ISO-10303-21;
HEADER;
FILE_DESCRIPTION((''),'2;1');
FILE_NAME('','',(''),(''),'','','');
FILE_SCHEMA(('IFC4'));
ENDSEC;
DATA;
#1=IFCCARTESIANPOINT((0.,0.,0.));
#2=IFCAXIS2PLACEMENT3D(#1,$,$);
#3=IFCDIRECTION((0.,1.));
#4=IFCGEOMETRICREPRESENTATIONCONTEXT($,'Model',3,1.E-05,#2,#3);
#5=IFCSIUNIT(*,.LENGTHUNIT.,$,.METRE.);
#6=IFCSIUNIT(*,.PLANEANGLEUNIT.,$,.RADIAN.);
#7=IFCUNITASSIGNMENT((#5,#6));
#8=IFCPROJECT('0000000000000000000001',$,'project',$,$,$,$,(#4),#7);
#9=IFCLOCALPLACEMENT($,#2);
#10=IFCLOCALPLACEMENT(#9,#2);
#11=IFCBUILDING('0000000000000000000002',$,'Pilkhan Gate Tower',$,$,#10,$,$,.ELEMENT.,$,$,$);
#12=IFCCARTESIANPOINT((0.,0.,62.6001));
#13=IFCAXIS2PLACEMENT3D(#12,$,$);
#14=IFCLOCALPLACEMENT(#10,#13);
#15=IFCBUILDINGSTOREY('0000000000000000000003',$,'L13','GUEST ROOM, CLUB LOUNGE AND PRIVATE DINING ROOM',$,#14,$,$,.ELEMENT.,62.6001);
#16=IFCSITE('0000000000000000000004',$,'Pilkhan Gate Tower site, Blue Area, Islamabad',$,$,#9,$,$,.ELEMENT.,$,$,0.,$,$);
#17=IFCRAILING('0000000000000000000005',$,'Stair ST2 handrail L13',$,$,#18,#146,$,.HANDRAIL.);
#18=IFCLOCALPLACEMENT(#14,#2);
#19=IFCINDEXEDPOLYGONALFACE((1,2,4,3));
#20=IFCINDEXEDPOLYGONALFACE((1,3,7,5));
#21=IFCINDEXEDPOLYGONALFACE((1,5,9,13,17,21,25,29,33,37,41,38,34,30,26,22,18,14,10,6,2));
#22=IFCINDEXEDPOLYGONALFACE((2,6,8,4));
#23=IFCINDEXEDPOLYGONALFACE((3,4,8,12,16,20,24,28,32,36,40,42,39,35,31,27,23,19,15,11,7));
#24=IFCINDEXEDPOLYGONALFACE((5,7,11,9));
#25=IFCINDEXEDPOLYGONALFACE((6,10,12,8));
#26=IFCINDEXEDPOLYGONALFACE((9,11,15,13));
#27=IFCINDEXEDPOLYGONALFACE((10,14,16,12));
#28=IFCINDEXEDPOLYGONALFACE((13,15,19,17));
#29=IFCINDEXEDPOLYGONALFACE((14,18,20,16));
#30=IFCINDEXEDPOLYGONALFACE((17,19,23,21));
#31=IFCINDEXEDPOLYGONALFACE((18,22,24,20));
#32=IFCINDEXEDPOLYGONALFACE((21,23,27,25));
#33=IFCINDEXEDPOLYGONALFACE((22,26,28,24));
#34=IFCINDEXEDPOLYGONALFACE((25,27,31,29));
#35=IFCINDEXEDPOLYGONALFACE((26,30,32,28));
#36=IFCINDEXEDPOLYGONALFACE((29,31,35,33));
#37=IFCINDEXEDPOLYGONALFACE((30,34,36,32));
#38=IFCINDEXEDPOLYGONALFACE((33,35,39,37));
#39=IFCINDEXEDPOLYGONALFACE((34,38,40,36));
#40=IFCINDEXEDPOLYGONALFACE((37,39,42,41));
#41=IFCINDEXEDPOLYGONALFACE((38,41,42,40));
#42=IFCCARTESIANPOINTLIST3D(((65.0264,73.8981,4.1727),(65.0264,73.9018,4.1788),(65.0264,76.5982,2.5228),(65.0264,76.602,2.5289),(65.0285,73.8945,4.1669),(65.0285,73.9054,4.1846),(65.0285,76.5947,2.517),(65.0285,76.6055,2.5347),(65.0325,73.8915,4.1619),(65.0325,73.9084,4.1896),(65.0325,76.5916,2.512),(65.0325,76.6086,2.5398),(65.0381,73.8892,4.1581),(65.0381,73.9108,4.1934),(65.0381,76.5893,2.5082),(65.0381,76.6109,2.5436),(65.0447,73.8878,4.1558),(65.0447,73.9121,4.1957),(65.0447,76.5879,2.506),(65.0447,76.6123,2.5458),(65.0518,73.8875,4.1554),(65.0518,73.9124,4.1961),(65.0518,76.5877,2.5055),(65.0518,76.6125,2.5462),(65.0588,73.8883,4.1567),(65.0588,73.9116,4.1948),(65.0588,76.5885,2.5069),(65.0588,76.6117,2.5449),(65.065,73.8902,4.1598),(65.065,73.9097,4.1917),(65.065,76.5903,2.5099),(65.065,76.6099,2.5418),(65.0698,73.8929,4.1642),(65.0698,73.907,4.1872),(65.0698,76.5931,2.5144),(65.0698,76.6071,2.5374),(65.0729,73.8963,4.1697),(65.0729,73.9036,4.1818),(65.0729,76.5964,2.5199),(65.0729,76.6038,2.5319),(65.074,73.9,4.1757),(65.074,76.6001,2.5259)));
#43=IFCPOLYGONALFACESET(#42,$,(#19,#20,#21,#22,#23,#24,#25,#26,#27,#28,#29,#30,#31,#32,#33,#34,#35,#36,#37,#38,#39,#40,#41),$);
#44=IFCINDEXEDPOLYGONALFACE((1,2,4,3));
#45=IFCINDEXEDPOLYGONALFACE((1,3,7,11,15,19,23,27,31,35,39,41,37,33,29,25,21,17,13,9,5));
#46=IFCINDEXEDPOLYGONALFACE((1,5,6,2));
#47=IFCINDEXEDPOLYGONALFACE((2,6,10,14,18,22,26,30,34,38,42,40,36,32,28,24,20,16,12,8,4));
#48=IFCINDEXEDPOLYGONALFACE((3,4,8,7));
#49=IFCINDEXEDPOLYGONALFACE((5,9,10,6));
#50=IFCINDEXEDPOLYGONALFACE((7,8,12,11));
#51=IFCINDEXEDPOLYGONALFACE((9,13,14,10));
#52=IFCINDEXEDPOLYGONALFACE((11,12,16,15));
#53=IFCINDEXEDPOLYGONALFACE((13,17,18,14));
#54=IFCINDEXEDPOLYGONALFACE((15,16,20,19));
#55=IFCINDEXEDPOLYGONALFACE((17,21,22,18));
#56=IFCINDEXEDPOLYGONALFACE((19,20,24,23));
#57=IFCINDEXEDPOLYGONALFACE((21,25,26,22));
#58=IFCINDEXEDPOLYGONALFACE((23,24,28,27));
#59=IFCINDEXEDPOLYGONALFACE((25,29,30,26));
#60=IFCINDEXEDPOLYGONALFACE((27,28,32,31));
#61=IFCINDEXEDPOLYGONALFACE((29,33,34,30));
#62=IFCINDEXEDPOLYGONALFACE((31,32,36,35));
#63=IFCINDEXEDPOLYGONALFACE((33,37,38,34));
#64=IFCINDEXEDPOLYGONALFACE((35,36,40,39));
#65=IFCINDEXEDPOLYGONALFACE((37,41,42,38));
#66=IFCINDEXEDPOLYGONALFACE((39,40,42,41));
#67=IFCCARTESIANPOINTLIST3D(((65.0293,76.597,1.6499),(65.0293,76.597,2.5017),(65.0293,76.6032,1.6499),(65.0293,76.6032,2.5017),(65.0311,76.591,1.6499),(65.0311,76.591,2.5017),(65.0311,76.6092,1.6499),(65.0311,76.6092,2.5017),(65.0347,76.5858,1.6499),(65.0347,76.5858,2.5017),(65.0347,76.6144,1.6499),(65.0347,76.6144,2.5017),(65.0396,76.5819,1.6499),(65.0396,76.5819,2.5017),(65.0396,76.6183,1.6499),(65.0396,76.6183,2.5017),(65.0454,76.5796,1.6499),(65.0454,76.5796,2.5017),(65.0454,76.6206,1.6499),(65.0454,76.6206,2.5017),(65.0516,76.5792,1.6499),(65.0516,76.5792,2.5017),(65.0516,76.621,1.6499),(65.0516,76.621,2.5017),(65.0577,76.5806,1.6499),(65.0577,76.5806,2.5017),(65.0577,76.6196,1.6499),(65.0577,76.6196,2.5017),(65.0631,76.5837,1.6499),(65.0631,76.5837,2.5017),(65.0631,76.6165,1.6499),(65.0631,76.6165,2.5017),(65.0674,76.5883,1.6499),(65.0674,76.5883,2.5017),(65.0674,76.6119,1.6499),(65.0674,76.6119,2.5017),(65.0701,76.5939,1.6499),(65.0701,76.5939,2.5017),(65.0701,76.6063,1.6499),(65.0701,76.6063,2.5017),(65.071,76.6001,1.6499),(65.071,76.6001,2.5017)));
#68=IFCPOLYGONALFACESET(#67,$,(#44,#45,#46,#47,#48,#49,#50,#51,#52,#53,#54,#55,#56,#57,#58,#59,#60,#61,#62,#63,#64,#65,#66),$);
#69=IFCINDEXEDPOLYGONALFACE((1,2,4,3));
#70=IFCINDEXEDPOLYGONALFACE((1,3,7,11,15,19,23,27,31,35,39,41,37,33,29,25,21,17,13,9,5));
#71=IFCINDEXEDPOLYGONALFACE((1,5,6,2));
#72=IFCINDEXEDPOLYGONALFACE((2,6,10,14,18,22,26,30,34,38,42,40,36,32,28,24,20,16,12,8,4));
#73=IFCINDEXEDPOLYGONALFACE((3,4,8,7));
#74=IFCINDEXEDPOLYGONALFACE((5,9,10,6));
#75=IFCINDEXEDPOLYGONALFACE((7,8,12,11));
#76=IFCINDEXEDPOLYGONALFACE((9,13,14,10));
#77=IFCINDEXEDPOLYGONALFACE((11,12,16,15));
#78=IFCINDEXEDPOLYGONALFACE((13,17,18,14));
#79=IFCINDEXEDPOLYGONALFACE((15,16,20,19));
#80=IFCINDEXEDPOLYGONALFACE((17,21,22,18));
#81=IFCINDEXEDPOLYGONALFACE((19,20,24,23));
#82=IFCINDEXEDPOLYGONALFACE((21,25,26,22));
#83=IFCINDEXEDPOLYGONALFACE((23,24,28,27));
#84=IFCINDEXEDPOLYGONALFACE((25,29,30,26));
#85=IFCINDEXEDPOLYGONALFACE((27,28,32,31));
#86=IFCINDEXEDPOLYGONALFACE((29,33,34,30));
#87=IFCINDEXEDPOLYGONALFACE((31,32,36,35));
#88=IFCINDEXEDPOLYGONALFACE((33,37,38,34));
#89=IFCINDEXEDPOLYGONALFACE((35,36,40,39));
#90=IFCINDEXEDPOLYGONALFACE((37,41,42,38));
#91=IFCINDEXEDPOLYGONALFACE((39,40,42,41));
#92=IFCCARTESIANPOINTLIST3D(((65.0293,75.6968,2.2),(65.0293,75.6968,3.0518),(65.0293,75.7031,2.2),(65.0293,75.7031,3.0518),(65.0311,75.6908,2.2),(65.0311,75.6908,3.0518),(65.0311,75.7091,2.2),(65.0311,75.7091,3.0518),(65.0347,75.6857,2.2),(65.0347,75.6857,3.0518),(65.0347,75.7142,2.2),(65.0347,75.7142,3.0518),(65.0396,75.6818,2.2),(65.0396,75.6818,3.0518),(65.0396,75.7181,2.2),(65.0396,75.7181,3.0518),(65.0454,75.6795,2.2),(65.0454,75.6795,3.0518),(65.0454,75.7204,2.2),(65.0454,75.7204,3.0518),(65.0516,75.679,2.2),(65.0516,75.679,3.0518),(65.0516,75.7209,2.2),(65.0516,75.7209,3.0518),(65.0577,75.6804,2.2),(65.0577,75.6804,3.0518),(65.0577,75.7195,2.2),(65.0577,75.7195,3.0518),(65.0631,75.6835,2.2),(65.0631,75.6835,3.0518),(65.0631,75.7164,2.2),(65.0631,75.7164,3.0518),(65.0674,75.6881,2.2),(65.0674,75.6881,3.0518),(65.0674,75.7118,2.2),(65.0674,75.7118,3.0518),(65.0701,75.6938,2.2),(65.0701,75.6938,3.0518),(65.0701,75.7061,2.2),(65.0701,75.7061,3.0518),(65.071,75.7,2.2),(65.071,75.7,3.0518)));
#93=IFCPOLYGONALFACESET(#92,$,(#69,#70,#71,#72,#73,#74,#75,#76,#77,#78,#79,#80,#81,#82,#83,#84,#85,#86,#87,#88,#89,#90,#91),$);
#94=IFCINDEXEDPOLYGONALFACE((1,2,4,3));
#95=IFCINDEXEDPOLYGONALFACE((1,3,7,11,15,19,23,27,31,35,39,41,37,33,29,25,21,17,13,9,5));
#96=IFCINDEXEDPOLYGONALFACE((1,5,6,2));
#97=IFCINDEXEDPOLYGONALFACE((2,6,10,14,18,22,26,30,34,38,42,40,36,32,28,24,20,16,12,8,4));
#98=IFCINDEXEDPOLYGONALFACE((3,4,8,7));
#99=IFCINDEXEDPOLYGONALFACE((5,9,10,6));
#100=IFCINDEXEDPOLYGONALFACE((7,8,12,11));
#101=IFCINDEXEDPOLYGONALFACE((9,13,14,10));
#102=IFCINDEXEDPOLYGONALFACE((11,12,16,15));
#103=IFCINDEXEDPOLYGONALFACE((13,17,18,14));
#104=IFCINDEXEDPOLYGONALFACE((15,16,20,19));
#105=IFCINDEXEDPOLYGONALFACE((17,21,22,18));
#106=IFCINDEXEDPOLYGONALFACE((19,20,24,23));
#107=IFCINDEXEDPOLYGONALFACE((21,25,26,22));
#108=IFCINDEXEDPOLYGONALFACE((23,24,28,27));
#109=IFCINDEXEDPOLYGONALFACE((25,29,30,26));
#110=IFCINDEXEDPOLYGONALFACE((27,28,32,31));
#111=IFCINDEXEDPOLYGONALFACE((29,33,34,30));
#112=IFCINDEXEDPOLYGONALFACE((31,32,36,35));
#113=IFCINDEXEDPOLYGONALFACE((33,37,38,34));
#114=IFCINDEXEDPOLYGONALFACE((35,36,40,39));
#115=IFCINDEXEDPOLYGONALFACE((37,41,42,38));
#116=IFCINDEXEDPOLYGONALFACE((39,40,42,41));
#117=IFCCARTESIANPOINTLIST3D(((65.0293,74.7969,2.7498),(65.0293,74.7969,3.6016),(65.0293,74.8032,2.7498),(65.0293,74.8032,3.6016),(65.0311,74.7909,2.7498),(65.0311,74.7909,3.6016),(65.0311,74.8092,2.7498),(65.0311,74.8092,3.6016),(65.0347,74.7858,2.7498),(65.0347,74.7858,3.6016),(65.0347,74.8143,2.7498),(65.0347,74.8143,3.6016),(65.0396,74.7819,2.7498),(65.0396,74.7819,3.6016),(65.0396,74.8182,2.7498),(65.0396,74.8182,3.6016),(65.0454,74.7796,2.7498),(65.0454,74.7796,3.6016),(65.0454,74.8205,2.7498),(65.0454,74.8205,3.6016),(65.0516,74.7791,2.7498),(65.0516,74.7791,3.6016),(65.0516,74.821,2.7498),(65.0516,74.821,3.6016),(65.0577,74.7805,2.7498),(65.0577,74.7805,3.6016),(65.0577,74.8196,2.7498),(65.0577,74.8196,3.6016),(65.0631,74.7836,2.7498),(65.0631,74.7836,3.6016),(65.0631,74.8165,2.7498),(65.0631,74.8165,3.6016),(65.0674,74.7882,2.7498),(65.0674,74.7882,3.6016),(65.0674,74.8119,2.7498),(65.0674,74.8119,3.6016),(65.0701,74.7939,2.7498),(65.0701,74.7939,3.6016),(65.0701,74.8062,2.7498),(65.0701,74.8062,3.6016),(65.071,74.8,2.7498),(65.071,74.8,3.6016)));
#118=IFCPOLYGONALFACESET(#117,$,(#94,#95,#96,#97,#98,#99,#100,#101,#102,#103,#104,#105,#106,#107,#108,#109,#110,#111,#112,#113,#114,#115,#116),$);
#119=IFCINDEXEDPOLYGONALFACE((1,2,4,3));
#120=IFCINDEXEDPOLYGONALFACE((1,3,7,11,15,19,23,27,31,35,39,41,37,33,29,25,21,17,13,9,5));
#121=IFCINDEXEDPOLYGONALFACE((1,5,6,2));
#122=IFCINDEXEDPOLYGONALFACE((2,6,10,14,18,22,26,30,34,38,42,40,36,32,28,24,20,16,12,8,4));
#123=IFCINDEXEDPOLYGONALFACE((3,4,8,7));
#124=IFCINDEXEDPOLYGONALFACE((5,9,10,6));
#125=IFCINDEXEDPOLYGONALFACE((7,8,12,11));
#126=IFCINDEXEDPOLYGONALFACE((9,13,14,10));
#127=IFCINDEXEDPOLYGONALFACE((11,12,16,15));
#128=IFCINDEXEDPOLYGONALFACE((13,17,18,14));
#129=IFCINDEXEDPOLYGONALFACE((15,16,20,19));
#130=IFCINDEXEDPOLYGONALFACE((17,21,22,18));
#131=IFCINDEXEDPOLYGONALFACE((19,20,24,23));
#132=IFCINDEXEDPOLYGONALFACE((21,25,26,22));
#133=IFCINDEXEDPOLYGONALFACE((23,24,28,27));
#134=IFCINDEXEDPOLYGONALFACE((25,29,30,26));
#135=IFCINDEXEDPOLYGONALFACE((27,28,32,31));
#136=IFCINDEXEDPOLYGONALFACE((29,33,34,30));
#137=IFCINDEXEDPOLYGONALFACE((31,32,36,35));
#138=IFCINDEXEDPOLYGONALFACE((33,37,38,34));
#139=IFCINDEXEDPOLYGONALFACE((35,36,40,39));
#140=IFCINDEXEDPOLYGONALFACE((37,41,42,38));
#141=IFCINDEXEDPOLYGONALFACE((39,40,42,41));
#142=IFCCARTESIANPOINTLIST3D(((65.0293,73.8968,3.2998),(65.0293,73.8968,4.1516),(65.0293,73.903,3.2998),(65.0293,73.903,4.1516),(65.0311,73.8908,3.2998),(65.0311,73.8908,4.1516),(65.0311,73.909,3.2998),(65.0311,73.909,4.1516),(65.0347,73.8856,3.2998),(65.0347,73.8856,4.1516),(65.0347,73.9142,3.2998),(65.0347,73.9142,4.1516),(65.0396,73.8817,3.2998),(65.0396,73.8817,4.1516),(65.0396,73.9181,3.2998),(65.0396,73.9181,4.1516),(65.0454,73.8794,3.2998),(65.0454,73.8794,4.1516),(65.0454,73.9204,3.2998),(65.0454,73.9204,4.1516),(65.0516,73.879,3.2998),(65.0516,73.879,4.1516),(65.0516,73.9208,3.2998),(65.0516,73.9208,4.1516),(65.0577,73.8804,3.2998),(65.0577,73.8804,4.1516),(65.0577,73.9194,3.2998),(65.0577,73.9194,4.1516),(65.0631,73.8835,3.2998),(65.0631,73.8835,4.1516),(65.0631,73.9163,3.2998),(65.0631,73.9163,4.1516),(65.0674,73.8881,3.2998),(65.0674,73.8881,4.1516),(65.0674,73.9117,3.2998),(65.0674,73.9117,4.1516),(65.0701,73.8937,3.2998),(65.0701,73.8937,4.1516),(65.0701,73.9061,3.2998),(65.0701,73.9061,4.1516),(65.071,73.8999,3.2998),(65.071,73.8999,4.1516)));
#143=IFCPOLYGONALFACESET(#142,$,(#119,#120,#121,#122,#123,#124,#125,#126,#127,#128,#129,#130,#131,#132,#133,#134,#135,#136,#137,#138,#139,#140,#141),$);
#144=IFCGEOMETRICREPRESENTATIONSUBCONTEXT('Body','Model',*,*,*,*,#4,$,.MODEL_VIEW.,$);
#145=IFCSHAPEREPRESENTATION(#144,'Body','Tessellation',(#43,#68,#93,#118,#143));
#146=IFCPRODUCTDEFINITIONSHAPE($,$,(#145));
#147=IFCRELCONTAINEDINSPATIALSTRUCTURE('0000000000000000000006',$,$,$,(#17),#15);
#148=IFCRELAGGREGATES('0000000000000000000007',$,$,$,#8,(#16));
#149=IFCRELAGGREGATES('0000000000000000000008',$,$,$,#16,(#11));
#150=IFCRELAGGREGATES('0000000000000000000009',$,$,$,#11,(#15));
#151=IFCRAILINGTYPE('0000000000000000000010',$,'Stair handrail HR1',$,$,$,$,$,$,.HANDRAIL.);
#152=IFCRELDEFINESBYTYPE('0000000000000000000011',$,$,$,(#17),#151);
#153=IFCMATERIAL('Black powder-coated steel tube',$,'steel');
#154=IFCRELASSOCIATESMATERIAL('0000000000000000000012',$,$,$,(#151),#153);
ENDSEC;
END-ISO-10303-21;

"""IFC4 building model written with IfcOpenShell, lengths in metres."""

from ifc_helpers import new_model, si_unit, direction, frame, origin, origin_2d, place, context, subcontext, project, spatial, circle, extrude, material, type_object, element, save


model = new_model("IFC4")

# Units and contexts
model_context = context("Model", 3, precision=1e-05, world=origin(), true_north=direction((0.0, 1.0)))
body_context = subcontext(model_context, "Body", "Model", "MODEL_VIEW")
ifc_project = project(units=[si_unit("LENGTHUNIT", "METRE"), si_unit("PLANEANGLEUNIT", "RADIAN")], contexts=[model_context])

# Site, building, storey
site_placement = place(None, origin())
site = spatial("IfcSite", under=ifc_project, at=site_placement, Name="Pilkhan Gate Tower site, Blue Area, Islamabad", CompositionType="ELEMENT", RefElevation=0.0)
building_placement = place(site_placement, origin())
building = spatial("IfcBuilding", under=site, at=building_placement, Name="Pilkhan Gate Tower", CompositionType="ELEMENT")
storey_placement = place(building_placement, frame((0.0, 0.0, 62.6001)))
storey = spatial("IfcBuildingStorey", under=building, at=storey_placement, Name="L13", Description="GUEST ROOM, CLUB LOUNGE AND PRIVATE DINING ROOM", CompositionType="ELEMENT", Elevation=62.6001)

# Railing
ifc_material_1 = material(Name="Black powder-coated steel tube", Category="steel")
railing_type_1 = type_object("IfcRailingType", Name="Stair handrail HR1", PredefinedType="HANDRAIL", material=ifc_material_1)
railing_1_placement = place(storey_placement, frame((65.05, 76.6001, 1.6499)))
element("IfcRailing", 1, at=railing_1_placement, inside=storey, type_object=railing_type_1, Name="Stair ST2 handrail L13", PredefinedType="HANDRAIL", context=body_context, shape_type="SweptSolid", body=[
    extrude(circle(Radius=0.0239, at=origin_2d()), frame((0.0, 0.0, 0.876), z_axis=(0.0, -0.853312, 0.5214), x_axis=(1.0, 0.0, 0.0)), (0.0, 0.0, 1.0), 3.1643),
    extrude(circle(Radius=0.021, at=origin_2d()), origin(), (0.0, 0.0, 1.0), 0.8518),
    extrude(circle(Radius=0.021, at=origin_2d()), frame((0.0, -0.9001, 0.55)), (0.0, 0.0, 1.0), 0.8518),
    extrude(circle(Radius=0.021, at=origin_2d()), frame((0.0, -1.8, 1.0999)), (0.0, 0.0, 1.0), 0.8518),
    extrude(circle(Radius=0.021, at=origin_2d()), frame((0.0, -2.7002, 1.6499)), (0.0, 0.0, 1.0), 0.8518),
])

save(model, "model.ifc")
